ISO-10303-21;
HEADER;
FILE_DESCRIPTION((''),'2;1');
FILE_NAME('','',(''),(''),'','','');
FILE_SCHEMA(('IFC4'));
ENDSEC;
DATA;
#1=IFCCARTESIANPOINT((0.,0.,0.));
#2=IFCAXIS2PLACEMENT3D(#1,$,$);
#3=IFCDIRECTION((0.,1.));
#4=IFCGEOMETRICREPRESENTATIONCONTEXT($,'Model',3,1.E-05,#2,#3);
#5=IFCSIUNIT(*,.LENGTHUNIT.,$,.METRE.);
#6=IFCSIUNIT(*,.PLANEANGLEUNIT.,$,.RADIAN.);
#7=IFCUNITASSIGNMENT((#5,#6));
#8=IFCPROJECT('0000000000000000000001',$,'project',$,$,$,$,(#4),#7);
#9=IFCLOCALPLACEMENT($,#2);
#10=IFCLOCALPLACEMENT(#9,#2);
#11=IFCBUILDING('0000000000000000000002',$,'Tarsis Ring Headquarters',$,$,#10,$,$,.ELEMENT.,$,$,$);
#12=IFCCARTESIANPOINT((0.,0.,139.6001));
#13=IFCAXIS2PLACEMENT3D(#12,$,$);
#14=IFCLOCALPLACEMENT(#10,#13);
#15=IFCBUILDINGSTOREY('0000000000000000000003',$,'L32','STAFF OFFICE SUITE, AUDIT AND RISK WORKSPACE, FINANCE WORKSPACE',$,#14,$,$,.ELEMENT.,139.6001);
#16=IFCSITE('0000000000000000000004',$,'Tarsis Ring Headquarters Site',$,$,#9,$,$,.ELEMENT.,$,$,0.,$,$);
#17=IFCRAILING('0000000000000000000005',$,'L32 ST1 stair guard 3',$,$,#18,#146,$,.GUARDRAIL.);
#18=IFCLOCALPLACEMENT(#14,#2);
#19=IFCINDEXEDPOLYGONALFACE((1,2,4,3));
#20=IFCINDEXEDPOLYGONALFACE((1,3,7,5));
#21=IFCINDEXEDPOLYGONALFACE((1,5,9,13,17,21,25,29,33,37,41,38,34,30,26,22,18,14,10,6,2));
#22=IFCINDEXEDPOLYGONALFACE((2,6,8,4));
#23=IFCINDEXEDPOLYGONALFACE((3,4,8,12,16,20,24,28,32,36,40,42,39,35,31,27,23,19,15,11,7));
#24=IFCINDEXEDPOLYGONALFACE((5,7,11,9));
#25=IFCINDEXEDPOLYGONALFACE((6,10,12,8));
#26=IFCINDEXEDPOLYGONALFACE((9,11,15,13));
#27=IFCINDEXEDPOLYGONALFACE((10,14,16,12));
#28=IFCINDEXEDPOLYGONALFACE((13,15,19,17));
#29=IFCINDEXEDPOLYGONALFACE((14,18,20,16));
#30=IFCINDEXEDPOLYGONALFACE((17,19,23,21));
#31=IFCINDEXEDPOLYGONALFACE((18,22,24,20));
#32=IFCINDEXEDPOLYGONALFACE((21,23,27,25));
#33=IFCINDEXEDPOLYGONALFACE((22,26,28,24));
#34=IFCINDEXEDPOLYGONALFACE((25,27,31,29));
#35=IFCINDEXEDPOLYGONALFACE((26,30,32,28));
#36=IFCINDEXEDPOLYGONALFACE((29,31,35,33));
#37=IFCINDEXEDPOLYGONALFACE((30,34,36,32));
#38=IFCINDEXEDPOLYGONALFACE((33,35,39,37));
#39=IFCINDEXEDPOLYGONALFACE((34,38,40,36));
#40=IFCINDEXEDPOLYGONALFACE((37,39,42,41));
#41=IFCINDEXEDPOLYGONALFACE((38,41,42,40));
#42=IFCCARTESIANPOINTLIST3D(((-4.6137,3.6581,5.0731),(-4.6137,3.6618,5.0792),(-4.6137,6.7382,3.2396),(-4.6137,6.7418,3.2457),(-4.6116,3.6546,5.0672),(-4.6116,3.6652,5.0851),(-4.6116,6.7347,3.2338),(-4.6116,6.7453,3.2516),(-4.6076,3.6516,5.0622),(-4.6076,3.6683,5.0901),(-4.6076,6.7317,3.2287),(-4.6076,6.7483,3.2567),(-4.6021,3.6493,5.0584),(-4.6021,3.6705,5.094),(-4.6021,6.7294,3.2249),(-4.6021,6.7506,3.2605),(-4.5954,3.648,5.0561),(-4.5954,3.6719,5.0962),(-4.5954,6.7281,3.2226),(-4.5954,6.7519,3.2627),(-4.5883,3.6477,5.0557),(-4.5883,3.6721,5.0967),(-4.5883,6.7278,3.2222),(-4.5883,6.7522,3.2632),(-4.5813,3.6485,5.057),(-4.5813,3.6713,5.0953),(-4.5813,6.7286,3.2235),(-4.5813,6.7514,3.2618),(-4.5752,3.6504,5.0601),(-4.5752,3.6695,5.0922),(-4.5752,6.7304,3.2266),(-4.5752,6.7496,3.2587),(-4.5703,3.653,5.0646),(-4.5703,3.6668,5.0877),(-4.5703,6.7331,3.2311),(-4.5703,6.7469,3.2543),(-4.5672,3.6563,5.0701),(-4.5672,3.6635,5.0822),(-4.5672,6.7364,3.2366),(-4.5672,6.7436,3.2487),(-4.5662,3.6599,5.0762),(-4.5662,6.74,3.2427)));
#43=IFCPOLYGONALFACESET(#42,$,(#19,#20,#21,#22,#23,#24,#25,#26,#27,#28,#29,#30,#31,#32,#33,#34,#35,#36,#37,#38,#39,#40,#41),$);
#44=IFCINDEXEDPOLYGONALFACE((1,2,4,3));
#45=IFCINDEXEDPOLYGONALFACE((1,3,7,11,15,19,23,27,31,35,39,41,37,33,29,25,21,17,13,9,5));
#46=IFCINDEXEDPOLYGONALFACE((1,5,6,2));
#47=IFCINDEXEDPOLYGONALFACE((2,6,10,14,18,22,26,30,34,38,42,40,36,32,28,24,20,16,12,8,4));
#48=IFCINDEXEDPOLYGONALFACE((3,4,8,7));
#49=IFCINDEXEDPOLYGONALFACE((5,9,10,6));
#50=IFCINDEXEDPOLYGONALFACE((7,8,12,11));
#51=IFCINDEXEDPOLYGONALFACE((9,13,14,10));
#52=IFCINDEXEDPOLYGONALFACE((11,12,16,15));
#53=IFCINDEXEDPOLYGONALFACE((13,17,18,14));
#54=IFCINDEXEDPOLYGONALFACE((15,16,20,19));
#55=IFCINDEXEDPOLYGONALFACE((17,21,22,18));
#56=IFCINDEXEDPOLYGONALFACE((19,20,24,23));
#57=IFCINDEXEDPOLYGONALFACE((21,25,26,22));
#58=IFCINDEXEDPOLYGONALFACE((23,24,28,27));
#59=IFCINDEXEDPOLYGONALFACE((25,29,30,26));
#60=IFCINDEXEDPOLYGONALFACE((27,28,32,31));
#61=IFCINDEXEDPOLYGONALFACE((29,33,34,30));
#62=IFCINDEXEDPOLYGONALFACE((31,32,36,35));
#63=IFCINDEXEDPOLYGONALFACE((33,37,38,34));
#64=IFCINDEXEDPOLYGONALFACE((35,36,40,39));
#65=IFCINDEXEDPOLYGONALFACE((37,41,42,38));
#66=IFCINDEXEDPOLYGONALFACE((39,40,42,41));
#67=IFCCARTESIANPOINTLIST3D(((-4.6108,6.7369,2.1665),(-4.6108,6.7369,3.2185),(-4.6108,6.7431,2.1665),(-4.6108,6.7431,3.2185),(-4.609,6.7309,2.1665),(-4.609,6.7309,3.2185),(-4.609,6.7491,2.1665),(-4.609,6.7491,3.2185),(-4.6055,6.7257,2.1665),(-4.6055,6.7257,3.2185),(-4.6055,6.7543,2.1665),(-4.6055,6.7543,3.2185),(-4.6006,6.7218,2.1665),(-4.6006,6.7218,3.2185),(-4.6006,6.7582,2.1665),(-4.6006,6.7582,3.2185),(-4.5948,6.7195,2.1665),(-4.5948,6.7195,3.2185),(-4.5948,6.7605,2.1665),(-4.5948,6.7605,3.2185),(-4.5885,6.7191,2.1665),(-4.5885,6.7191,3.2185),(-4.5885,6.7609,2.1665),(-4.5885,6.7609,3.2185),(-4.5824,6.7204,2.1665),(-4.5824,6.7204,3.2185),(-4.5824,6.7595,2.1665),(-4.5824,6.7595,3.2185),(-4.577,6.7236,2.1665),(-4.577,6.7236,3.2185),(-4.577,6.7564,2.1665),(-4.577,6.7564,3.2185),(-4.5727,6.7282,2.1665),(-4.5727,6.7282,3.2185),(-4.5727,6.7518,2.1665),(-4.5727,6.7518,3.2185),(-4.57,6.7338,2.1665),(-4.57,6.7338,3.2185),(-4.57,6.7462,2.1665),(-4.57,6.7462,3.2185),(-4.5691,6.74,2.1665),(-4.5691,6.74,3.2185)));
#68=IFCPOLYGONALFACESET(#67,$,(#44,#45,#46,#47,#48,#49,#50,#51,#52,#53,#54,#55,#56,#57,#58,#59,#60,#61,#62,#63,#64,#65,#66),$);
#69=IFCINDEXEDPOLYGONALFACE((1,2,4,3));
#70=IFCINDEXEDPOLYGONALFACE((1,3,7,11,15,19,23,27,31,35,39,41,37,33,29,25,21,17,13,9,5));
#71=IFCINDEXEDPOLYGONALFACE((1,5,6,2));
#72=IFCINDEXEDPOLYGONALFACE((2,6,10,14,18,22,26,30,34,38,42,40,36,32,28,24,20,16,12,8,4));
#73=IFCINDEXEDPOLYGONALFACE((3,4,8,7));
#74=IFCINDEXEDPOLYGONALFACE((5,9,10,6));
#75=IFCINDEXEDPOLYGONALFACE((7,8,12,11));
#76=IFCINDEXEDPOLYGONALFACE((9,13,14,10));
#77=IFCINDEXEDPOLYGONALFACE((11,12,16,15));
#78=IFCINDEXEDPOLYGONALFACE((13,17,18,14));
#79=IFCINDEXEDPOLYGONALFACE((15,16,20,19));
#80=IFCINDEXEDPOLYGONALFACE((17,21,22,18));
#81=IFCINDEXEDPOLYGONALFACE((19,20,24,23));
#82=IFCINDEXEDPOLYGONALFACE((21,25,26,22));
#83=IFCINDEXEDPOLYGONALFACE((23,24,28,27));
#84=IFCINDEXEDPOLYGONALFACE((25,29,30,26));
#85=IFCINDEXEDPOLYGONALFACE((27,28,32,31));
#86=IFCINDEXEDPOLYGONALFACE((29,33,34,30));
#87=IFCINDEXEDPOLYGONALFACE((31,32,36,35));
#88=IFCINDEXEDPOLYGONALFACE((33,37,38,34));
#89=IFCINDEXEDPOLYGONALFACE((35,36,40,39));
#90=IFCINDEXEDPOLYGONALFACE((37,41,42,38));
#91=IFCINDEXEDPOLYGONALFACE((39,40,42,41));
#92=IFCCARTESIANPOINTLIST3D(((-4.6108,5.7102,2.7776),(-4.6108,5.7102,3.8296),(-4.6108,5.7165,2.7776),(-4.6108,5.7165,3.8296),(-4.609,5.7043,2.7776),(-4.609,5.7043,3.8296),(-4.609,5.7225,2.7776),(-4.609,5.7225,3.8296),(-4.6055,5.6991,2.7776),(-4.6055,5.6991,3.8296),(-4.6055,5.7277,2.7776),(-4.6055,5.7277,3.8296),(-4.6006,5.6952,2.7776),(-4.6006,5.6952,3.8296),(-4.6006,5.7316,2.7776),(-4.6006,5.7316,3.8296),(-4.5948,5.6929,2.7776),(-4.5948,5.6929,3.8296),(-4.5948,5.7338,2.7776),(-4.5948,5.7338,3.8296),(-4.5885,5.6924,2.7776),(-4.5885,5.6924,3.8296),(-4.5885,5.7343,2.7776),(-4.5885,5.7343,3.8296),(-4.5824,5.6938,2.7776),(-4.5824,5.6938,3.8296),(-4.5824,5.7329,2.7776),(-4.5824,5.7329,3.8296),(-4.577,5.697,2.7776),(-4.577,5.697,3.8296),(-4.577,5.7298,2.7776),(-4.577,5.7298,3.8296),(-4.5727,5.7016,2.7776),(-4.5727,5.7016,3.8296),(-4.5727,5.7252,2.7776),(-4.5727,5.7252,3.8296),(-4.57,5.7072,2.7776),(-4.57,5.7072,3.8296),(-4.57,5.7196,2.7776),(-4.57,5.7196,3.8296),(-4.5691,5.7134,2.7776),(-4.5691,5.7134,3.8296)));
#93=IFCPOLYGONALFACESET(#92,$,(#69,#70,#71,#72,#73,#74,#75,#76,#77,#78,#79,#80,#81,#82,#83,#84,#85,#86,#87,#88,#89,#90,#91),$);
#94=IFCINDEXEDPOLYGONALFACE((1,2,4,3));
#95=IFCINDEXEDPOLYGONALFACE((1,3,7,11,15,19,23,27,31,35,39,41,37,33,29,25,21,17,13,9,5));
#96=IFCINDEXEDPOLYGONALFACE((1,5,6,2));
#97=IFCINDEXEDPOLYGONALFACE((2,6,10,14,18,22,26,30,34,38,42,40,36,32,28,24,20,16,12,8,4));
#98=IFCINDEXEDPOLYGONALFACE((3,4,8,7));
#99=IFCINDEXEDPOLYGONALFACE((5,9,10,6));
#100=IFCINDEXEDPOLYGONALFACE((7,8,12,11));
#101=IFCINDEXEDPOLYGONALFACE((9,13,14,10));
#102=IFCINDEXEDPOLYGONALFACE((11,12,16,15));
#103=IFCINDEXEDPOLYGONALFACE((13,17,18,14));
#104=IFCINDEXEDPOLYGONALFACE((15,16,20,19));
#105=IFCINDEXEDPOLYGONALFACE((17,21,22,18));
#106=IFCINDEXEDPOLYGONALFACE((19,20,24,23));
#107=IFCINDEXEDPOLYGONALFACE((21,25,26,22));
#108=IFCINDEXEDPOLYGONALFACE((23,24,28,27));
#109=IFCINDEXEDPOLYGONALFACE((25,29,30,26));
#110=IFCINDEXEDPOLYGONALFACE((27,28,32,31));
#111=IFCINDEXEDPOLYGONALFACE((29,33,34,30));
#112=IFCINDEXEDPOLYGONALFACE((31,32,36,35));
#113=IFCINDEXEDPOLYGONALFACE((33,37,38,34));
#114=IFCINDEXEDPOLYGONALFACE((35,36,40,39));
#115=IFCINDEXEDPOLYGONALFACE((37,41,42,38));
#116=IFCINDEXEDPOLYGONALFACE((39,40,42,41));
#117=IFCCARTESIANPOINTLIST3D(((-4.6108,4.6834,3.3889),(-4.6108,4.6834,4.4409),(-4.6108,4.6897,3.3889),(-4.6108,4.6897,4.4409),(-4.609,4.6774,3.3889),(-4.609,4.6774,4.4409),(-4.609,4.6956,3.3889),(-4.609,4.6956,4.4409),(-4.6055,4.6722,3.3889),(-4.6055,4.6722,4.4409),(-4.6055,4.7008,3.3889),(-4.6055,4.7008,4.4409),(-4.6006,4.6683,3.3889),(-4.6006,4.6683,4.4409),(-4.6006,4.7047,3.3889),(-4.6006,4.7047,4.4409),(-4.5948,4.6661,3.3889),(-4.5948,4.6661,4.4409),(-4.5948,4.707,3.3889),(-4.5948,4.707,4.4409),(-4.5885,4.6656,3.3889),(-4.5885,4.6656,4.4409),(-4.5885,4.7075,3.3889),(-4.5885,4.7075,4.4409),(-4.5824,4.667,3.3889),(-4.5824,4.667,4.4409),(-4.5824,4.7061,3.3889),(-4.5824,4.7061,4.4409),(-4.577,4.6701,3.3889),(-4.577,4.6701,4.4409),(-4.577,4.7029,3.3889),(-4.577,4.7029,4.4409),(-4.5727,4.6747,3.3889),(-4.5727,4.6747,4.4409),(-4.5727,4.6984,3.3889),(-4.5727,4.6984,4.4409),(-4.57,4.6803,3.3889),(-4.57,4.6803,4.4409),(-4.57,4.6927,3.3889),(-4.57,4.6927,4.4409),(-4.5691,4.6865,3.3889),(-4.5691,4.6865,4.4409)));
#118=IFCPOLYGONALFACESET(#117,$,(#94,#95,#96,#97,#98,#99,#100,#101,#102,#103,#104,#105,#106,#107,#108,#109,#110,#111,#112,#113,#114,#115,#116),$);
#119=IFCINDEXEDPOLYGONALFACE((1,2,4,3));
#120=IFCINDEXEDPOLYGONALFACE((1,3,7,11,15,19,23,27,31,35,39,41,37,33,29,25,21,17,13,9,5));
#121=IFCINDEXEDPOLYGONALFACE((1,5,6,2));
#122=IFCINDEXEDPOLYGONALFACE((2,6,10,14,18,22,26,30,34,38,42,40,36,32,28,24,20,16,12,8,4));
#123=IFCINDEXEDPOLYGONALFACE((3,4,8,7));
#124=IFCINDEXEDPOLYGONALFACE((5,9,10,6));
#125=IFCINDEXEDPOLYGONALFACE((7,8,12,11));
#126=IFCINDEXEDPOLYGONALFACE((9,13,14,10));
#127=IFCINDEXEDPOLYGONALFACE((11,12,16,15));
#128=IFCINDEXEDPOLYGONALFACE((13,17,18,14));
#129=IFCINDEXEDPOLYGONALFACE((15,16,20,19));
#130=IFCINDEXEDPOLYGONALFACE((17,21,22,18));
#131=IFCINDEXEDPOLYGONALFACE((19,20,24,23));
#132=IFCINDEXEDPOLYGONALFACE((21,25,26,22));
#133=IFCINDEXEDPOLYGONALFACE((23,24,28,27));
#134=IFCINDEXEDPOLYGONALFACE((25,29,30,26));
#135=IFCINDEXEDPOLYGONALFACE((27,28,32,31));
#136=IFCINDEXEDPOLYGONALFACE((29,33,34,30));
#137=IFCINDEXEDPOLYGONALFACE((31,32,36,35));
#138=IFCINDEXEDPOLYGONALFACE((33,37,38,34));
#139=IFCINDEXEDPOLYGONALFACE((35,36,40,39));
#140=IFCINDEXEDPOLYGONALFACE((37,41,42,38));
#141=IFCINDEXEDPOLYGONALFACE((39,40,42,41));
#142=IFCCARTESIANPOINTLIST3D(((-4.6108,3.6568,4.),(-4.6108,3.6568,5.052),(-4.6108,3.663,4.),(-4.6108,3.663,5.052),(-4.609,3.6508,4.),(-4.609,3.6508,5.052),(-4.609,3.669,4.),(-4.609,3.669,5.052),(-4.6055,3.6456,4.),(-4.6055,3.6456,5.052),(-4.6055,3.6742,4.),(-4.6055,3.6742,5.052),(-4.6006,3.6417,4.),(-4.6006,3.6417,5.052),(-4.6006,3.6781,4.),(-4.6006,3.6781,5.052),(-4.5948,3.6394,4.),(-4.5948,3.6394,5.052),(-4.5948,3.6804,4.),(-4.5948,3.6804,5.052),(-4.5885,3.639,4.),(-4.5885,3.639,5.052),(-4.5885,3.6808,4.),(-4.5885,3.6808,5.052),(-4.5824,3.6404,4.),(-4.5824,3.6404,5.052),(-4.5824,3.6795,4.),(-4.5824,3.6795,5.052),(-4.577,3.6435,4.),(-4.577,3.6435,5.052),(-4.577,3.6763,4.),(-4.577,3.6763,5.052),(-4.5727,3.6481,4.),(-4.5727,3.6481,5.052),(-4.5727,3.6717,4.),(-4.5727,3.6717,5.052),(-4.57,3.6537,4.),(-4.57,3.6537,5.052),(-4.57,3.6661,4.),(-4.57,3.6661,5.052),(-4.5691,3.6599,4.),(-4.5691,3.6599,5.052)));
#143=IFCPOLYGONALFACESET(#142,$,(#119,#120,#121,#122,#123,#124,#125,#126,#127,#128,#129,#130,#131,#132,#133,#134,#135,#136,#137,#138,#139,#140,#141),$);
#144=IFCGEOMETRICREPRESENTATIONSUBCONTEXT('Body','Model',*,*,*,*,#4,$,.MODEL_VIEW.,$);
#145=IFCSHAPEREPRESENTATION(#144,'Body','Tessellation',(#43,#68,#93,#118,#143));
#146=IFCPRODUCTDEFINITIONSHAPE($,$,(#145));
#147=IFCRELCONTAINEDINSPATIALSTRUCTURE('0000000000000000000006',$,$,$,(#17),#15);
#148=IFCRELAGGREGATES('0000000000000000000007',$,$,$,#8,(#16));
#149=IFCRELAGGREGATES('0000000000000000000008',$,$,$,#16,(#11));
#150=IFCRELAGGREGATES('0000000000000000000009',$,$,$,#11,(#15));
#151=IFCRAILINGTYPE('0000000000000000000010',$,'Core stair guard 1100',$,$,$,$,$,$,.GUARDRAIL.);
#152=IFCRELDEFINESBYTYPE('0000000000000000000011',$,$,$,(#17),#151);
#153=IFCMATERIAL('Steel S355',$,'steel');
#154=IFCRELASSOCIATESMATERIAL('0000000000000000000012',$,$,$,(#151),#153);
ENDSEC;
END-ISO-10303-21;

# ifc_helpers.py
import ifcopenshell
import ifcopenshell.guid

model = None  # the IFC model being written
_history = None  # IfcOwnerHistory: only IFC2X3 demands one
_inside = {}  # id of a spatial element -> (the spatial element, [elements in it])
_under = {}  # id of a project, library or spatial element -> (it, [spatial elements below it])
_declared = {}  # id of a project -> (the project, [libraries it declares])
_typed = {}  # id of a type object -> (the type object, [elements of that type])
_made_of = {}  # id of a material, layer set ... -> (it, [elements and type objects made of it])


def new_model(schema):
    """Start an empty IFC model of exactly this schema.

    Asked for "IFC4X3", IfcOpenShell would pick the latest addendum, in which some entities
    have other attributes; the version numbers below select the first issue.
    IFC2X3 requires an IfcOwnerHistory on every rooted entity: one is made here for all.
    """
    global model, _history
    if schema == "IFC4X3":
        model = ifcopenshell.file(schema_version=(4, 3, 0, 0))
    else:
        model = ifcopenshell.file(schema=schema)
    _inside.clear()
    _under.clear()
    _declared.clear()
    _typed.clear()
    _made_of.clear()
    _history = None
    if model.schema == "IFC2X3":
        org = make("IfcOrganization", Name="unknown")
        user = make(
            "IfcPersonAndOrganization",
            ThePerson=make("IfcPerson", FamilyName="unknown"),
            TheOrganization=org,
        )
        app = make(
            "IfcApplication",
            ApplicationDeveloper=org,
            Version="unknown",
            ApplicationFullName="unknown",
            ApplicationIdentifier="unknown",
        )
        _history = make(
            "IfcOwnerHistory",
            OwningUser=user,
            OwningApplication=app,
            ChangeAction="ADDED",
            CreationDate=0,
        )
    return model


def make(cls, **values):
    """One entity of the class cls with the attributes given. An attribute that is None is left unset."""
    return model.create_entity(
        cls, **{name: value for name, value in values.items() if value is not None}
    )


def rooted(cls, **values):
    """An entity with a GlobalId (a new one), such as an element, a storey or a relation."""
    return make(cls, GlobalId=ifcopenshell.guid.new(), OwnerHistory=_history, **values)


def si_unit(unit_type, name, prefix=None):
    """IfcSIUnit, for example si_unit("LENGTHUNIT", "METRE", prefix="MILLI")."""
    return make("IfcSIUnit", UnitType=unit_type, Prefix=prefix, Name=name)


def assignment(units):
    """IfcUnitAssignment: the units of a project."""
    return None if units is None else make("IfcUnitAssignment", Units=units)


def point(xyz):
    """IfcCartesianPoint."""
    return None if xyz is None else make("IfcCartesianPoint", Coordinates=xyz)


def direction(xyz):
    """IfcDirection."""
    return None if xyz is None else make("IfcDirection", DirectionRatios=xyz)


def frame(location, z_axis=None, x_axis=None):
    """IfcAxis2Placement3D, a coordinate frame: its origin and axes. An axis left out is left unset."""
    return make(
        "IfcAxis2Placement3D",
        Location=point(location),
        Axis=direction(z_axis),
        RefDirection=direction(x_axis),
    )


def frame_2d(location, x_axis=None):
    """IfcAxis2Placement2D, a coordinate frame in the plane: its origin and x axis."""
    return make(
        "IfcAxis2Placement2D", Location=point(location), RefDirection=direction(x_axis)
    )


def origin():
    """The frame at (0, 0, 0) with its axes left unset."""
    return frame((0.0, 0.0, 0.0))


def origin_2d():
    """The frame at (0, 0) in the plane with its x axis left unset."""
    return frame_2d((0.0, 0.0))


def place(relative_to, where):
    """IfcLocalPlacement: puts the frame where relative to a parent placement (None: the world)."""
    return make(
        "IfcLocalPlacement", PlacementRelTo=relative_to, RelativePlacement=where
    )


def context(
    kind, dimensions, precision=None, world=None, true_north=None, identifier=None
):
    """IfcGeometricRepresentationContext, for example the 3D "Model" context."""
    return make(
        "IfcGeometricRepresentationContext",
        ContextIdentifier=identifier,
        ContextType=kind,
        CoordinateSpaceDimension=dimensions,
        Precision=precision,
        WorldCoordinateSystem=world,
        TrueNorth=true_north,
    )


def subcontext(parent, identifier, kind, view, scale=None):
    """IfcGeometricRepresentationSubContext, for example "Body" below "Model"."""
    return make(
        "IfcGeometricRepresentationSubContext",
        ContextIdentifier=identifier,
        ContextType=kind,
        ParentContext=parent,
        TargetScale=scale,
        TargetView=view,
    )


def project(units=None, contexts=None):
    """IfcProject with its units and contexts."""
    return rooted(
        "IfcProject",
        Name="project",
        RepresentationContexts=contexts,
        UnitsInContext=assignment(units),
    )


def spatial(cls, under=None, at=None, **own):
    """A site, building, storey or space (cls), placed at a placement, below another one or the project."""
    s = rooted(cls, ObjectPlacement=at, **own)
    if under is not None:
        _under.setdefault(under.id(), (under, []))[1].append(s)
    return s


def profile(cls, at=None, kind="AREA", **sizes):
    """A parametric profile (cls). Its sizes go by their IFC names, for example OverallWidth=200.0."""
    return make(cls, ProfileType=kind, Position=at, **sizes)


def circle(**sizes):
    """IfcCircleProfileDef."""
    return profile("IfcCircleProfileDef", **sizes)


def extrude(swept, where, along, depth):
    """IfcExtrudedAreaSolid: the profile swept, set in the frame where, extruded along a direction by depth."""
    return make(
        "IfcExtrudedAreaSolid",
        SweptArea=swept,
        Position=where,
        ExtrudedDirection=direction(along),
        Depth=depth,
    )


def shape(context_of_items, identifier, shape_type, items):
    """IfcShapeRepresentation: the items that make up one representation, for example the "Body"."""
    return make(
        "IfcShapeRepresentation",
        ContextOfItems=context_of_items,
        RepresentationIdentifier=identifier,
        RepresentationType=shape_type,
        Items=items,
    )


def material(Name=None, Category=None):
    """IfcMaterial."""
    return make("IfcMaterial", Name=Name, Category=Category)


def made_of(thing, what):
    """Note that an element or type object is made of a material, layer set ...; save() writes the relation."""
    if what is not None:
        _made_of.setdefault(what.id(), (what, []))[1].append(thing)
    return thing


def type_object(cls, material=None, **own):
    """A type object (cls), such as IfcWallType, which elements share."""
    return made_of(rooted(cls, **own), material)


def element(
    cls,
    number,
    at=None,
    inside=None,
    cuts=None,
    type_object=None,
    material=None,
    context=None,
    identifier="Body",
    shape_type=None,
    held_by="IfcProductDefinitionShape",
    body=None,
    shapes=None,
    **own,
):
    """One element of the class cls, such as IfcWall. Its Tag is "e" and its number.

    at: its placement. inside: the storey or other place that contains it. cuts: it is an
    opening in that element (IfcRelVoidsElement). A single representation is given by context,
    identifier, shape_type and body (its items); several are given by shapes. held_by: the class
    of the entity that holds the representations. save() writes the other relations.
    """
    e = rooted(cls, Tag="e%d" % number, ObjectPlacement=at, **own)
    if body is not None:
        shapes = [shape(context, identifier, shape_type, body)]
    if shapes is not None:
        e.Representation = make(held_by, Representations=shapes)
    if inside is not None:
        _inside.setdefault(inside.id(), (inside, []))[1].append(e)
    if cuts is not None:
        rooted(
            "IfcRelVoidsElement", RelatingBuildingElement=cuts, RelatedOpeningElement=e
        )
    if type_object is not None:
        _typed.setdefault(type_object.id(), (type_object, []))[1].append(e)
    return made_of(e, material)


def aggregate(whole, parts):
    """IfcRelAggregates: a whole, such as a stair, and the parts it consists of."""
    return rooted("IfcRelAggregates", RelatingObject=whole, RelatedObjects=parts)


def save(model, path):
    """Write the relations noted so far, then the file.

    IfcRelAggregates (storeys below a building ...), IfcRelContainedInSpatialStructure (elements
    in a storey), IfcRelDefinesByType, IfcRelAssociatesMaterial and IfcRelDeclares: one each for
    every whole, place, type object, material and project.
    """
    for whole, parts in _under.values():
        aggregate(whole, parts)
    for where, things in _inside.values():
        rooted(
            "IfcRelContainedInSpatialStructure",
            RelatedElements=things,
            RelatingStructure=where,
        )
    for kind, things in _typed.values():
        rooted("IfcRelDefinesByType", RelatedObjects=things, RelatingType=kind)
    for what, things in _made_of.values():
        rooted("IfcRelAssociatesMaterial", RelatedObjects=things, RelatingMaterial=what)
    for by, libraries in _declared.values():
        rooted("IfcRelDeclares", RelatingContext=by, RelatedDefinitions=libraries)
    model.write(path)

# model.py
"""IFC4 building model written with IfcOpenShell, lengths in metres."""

from ifc_helpers import new_model, si_unit, direction, frame, origin, origin_2d, place, context, subcontext, project, spatial, circle, extrude, material, type_object, element, save


model = new_model("IFC4")

# Units and contexts
model_context = context("Model", 3, precision=1e-05, world=origin(), true_north=direction((0.0, 1.0)))
body_context = subcontext(model_context, "Body", "Model", "MODEL_VIEW")
ifc_project = project(units=[si_unit("LENGTHUNIT", "METRE"), si_unit("PLANEANGLEUNIT", "RADIAN")], contexts=[model_context])

# Site, building, storey
site_placement = place(None, origin())
site = spatial("IfcSite", under=ifc_project, at=site_placement, Name="Tarsis Ring Headquarters Site", CompositionType="ELEMENT", RefElevation=0.0)
building_placement = place(site_placement, origin())
building = spatial("IfcBuilding", under=site, at=building_placement, Name="Tarsis Ring Headquarters", CompositionType="ELEMENT")
storey_placement = place(building_placement, frame((0.0, 0.0, 139.6001)))
storey = spatial("IfcBuildingStorey", under=building, at=storey_placement, Name="L32", Description="STAFF OFFICE SUITE, AUDIT AND RISK WORKSPACE, FINANCE WORKSPACE", CompositionType="ELEMENT", Elevation=139.6001)

# Shared definitions
ifc_material_1 = material(Name="Steel S355", Category="steel")

# Railing
railing_type_1 = type_object("IfcRailingType", Name="Core stair guard 1100", PredefinedType="GUARDRAIL", material=ifc_material_1)
railing_1_placement = place(storey_placement, frame((-4.5901, 6.74, 2.1665)))
element("IfcRailing", 1, at=railing_1_placement, inside=storey, type_object=railing_type_1, Name="L32 ST1 stair guard 3", PredefinedType="GUARDRAIL", context=body_context, shape_type="SweptSolid", body=[
    extrude(circle(Radius=0.0239, at=origin_2d()), frame((0.0, 0.0, 1.0762), z_axis=(0.0, -0.859279, 0.511508), x_axis=(1.0, 0.0, 0.0)), (0.0, 0.0, 1.0), 3.5845),
    extrude(circle(Radius=0.021, at=origin_2d()), origin(), (0.0, 0.0, 1.0), 1.052),
    extrude(circle(Radius=0.021, at=origin_2d()), frame((0.0, -1.0266, 0.6111)), (0.0, 0.0, 1.0), 1.052),
    extrude(circle(Radius=0.021, at=origin_2d()), frame((0.0, -2.0535, 1.2224)), (0.0, 0.0, 1.0), 1.052),
    extrude(circle(Radius=0.021, at=origin_2d()), frame((0.0, -3.0801, 1.8335)), (0.0, 0.0, 1.0), 1.052),
])

save(model, "model.ifc")
